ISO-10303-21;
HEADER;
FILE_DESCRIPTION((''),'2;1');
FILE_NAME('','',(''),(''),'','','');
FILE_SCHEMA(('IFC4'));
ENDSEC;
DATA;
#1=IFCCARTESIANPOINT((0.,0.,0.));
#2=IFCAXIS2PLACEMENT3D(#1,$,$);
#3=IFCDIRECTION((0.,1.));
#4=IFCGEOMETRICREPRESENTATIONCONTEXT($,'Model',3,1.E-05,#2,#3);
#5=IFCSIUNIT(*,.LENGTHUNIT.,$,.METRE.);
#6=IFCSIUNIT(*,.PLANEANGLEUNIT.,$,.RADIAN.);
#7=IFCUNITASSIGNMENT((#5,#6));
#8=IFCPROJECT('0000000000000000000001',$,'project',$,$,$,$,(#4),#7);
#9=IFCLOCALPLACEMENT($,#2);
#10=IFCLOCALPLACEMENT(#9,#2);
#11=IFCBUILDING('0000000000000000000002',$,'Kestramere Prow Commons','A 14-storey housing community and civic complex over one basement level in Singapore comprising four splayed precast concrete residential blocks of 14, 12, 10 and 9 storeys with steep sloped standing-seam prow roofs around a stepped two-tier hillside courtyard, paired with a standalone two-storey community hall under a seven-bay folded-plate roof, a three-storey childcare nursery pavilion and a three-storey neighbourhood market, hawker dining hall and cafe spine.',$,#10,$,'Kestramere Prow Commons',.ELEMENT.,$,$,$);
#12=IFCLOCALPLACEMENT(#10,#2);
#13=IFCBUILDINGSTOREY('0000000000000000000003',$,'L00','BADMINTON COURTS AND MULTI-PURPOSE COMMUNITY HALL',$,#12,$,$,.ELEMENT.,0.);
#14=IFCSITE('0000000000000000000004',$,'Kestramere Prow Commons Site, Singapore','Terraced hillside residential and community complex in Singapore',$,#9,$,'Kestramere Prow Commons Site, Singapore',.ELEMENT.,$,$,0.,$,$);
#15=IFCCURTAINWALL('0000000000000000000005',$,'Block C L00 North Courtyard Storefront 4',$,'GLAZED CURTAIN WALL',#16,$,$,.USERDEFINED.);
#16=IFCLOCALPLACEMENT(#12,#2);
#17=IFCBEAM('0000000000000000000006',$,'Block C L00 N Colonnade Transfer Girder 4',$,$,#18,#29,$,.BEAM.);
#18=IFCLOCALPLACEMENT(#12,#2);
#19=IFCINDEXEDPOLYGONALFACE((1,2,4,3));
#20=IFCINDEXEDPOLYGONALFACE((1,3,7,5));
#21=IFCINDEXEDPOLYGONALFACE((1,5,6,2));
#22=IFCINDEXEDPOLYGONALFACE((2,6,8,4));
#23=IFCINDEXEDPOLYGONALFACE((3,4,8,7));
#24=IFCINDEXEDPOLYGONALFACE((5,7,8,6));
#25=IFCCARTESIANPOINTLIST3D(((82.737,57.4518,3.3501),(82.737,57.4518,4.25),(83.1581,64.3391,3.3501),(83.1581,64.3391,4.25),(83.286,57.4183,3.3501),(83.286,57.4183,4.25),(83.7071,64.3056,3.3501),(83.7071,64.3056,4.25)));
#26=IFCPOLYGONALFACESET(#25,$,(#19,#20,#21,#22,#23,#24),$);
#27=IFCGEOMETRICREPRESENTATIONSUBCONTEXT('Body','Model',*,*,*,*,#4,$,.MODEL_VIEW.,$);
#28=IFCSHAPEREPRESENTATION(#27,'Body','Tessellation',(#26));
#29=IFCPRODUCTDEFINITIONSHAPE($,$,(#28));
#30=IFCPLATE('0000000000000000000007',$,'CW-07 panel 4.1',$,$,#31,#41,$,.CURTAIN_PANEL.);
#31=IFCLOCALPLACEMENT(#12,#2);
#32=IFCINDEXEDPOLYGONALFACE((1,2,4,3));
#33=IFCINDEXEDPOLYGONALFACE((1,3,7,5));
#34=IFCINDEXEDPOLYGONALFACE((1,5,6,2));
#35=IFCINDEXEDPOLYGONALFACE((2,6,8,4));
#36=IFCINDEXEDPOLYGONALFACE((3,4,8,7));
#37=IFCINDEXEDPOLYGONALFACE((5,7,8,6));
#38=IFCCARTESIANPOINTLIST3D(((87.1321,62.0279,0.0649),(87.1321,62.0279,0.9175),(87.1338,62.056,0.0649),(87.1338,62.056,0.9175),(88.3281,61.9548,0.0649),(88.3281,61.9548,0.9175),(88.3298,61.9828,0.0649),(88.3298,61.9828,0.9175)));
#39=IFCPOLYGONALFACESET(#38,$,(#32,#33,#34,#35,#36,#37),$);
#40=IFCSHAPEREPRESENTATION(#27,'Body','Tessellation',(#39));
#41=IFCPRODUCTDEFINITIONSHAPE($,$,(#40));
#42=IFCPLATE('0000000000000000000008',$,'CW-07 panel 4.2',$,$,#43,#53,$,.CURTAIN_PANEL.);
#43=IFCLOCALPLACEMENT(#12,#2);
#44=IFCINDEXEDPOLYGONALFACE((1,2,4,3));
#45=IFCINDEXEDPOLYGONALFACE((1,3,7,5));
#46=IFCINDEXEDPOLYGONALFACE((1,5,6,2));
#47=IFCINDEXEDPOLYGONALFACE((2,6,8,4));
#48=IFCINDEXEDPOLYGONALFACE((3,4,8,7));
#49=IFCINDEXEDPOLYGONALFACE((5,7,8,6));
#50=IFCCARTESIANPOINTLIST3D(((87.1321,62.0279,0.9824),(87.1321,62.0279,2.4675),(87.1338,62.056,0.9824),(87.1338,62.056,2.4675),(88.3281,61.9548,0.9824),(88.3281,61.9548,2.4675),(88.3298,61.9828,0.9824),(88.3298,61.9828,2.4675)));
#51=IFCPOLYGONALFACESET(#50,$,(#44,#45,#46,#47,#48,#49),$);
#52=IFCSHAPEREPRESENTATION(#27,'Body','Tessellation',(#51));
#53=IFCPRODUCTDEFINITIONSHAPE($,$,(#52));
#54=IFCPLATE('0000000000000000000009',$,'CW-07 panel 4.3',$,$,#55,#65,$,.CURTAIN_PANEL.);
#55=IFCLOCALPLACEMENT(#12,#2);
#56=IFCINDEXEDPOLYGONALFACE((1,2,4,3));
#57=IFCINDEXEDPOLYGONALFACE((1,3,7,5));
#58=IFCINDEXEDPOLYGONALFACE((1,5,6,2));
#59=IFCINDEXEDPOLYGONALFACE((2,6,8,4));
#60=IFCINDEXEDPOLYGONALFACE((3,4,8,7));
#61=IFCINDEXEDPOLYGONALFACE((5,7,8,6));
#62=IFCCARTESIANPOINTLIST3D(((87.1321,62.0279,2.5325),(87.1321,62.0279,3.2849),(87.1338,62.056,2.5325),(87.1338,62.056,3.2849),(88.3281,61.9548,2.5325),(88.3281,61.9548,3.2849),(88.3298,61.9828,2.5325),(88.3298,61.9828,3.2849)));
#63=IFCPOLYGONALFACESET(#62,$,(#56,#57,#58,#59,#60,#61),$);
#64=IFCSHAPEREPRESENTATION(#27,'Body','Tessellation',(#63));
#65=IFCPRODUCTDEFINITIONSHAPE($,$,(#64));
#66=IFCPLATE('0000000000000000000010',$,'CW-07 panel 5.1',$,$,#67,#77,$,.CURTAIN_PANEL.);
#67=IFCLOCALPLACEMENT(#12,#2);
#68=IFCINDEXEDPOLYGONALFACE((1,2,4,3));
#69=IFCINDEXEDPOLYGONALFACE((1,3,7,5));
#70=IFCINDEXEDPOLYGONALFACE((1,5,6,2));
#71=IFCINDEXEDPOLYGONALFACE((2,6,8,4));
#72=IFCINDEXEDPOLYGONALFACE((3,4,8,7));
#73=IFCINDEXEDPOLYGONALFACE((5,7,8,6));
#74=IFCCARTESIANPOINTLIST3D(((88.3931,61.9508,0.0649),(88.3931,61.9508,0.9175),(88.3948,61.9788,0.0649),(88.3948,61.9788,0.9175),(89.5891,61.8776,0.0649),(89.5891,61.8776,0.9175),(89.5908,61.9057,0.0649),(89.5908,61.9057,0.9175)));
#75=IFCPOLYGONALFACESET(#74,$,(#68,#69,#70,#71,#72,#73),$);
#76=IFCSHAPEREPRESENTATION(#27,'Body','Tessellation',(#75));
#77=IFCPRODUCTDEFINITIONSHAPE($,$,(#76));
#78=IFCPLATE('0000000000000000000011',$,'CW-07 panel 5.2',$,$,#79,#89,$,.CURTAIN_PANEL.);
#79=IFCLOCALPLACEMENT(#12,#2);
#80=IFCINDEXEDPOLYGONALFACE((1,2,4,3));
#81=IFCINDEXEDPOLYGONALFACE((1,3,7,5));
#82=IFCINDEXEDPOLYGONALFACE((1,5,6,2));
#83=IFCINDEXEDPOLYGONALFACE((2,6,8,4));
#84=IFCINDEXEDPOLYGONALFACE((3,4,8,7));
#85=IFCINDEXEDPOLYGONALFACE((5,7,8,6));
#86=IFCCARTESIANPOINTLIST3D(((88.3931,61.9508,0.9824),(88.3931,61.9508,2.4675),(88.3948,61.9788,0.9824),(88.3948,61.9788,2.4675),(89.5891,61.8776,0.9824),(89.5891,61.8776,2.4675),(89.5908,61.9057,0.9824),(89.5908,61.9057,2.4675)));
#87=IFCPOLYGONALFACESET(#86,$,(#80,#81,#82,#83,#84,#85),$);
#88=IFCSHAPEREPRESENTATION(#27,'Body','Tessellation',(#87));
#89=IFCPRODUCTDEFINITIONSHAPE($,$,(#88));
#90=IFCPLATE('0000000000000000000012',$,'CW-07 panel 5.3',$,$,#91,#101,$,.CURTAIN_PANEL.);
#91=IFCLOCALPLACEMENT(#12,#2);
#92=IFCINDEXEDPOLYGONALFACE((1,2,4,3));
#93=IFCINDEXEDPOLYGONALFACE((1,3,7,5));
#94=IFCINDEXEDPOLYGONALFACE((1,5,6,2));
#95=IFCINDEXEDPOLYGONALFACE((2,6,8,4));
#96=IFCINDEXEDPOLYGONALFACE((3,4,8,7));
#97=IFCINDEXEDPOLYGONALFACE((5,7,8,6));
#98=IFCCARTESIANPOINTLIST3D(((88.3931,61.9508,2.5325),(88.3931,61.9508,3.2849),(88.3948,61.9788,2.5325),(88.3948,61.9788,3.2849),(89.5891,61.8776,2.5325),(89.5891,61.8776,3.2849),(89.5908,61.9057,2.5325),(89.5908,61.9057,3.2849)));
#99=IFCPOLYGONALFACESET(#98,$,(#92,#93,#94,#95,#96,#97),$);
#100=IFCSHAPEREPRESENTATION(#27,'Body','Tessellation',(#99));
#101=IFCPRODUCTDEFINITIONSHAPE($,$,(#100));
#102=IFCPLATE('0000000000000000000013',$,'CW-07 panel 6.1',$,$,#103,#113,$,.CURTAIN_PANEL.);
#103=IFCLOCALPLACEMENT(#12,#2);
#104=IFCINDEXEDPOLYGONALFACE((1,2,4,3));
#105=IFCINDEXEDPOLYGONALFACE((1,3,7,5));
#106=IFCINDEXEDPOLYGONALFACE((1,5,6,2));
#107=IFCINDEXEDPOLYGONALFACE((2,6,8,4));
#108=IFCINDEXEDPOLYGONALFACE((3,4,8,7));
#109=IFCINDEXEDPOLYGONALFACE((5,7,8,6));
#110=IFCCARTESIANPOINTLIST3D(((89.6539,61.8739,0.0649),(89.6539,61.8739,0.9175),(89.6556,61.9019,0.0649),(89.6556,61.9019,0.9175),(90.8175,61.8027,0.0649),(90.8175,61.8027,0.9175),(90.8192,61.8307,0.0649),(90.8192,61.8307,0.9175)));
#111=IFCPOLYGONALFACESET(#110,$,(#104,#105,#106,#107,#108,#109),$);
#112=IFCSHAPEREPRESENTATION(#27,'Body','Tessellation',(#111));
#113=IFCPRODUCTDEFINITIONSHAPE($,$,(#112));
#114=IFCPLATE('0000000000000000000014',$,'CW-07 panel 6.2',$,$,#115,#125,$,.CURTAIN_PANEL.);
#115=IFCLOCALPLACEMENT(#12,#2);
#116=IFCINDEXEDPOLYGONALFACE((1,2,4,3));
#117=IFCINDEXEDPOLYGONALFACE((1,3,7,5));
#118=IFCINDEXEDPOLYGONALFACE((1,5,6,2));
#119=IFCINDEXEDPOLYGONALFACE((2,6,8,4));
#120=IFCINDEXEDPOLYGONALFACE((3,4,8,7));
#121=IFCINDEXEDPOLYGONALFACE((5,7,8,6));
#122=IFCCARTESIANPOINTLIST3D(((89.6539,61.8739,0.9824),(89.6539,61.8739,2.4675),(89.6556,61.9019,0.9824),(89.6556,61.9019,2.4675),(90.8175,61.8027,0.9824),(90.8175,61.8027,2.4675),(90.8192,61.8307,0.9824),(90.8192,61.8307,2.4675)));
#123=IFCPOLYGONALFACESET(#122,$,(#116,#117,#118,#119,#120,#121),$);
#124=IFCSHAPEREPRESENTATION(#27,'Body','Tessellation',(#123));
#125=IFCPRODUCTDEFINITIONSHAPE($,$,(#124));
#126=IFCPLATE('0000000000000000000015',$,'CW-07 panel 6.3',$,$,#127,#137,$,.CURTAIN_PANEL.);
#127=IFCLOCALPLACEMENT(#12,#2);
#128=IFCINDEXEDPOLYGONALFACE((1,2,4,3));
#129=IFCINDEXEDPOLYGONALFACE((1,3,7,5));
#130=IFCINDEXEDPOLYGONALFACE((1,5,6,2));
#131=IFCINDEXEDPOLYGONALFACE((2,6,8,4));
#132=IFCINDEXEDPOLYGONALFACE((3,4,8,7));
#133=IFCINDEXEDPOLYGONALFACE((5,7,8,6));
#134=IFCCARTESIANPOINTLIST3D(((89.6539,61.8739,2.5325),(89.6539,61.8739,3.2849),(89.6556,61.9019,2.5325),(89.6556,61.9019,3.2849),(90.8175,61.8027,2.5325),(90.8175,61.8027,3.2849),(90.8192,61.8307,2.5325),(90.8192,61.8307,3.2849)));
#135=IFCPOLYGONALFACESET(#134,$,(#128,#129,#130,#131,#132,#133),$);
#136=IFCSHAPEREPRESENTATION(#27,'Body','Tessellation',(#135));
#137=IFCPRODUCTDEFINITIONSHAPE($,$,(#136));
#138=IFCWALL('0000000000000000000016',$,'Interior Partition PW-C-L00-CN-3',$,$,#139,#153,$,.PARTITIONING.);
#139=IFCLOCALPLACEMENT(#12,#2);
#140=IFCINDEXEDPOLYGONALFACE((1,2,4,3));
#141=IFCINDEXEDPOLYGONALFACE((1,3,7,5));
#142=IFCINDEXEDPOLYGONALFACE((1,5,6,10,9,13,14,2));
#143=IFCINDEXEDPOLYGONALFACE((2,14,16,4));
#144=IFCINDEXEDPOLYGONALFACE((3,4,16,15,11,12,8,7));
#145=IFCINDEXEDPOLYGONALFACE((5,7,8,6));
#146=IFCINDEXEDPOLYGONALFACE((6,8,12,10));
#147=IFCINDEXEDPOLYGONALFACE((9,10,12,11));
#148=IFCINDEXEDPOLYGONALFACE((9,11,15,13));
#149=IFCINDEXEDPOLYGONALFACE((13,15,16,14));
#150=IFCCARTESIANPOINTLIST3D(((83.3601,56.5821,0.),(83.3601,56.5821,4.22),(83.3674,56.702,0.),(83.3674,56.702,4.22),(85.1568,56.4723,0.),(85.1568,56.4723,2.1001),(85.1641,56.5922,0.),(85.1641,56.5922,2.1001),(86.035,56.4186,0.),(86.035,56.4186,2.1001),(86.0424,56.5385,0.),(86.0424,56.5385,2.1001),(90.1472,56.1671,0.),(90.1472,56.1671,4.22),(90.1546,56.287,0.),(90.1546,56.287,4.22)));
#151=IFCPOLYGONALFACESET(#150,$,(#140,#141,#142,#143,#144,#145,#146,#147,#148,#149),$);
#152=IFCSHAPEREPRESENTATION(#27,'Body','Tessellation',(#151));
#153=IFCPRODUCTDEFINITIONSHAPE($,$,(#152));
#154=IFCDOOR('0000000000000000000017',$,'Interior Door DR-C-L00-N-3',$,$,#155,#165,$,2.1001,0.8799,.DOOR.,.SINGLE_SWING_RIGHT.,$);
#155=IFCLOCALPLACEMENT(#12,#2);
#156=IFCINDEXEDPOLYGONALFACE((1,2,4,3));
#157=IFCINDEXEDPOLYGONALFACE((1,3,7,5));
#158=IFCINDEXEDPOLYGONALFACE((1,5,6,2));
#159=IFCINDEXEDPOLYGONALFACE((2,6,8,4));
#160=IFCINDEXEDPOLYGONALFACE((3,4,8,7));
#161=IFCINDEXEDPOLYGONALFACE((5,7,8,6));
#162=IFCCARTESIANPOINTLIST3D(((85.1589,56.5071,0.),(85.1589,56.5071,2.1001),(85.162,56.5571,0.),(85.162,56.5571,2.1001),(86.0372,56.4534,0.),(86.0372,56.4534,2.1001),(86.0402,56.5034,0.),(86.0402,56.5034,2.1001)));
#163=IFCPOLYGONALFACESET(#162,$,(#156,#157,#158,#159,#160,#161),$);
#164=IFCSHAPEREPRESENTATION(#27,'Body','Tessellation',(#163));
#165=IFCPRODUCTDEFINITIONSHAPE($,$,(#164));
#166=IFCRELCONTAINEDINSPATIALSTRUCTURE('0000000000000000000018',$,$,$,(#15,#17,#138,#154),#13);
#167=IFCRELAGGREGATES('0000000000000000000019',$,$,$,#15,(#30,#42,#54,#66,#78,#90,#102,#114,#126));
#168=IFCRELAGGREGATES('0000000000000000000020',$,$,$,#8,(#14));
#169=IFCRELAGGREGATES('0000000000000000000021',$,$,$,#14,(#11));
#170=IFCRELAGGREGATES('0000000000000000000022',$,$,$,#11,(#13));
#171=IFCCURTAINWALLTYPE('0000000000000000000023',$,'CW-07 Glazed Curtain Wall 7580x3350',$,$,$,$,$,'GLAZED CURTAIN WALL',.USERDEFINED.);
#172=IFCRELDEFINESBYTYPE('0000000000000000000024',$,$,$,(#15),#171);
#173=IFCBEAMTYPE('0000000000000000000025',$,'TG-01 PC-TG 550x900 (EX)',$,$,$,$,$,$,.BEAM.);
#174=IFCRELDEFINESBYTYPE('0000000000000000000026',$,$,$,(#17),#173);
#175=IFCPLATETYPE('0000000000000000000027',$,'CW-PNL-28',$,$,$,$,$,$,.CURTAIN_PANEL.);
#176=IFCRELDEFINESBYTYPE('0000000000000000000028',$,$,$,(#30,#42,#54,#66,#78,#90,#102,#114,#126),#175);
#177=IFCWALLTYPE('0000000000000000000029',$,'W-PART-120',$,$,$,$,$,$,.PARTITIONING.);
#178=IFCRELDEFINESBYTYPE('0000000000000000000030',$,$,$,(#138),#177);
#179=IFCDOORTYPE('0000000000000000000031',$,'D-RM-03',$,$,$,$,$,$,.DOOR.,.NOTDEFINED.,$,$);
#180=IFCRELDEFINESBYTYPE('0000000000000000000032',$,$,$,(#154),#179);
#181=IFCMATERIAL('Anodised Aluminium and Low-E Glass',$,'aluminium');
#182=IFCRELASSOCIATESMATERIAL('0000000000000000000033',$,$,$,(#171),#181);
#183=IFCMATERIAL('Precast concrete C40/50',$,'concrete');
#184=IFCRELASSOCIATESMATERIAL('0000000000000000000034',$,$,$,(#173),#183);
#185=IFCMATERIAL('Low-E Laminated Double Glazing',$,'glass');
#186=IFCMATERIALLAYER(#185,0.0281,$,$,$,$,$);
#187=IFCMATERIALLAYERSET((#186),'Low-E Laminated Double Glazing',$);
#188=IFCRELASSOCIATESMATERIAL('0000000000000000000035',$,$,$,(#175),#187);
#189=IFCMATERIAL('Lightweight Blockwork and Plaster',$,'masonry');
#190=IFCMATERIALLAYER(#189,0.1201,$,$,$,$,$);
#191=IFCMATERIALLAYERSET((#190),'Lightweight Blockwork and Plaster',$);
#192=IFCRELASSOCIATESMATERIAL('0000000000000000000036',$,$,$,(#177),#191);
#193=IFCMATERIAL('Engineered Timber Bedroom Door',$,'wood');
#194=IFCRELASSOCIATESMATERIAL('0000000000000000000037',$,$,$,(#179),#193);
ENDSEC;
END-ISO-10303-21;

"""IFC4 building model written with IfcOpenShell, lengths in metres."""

from ifc_helpers import new_model, si_unit, direction, frame, frame_2d, origin, origin_2d, place, context, subcontext, project, spatial, rectangle, extrude, material, layer, layer_set, material_profile, profile_set, type_object, element, fill, aggregate, save


model = new_model("IFC4")

# Units and contexts
model_context = context("Model", 3, precision=1e-05, world=origin(), true_north=direction((0.0, 1.0)))
body_context = subcontext(model_context, "Body", "Model", "MODEL_VIEW")
ifc_project = project(units=[si_unit("LENGTHUNIT", "METRE"), si_unit("PLANEANGLEUNIT", "RADIAN")], contexts=[model_context])

# Site, building, storey
site_placement = place(None, origin())
site = spatial("IfcSite", under=ifc_project, at=site_placement, Name="Kestramere Prow Commons Site, Singapore", Description="Terraced hillside residential and community complex in Singapore", LongName="Kestramere Prow Commons Site, Singapore", CompositionType="ELEMENT", RefElevation=0.0)
building_placement = place(site_placement, origin())
building = spatial("IfcBuilding", under=site, at=building_placement, Name="Kestramere Prow Commons", Description="A 14-storey housing community and civic complex over one basement level in Singapore comprising four splayed precast concrete residential blocks of 14, 12, 10 and 9 storeys with steep sloped standing-seam prow roofs around a stepped two-tier hillside courtyard, paired with a standalone two-storey community hall under a seven-bay folded-plate roof, a three-storey childcare nursery pavilion and a three-storey neighbourhood market, hawker dining hall and cafe spine.", LongName="Kestramere Prow Commons", CompositionType="ELEMENT")
storey_placement = place(building_placement, origin())
storey = spatial("IfcBuildingStorey", under=building, at=storey_placement, Name="L00", Description="BADMINTON COURTS AND MULTI-PURPOSE COMMUNITY HALL", CompositionType="ELEMENT", Elevation=0.0)

# Shared definitions
ifc_material_1 = material(Name="Precast concrete C40/50", Category="concrete")

# Curtain wall
ifc_material_2 = material(Name="Anodised Aluminium and Low-E Glass", Category="aluminium")
curtain_wall_type = type_object("IfcCurtainWallType", Name="CW-07 Glazed Curtain Wall 7580x3350", ElementType="GLAZED CURTAIN WALL", PredefinedType="USERDEFINED", material=ifc_material_2)
curtain_wall_placement = place(storey_placement, origin())
curtain_wall = element("IfcCurtainWall", 1, at=curtain_wall_placement, inside=storey, type_object=curtain_wall_type, Name="Block C L00 North Courtyard Storefront 4", ObjectType="GLAZED CURTAIN WALL", PredefinedType="USERDEFINED")

# Beam
ifc_material_profile_1 = material_profile(ifc_material_1, rectangle(XDim=0.55, YDim=0.8999, at=origin_2d()), Name="PC-TG 550x900")
ifc_profile_set_1 = profile_set([ifc_material_profile_1], Name="Precast concrete C40/50")
beam_type_1 = type_object("IfcBeamType", Name="TG-01 PC-TG 550x900 (EX)", PredefinedType="BEAM", material=ifc_profile_set_1)
beam_1_placement = place(storey_placement, frame((83.0115, 57.4351, 3.8), z_axis=(0.061035, 0.998136, 0.0), x_axis=(-0.998136, 0.061035, 0.0)))
element("IfcBeam", 2, at=beam_1_placement, inside=storey, type_object=beam_type_1, Name="Block C L00 N Colonnade Transfer Girder 4", PredefinedType="BEAM", context=body_context, shape_type="SweptSolid", body=[
    extrude(rectangle(XDim=0.55, YDim=0.8999, at=origin_2d()), origin(), (0.0, 0.0, 1.0), 6.9001),
])

# Plates
ifc_material_3 = material(Name="Low-E Laminated Double Glazing", Category="glass")
ifc_layer_1 = layer(ifc_material_3, 0.0281)
ifc_layer_set_1 = layer_set([ifc_layer_1], Name="Low-E Laminated Double Glazing")
plate_type = type_object("IfcPlateType", Name="CW-PNL-28", PredefinedType="CURTAIN_PANEL", material=ifc_layer_set_1)
plate_1_placement = place(storey_placement, frame((87.731, 62.0054, 0.0649), z_axis=(0.0, 0.0, 1.0), x_axis=(0.998135, -0.061049, 0.0)))
plate_1 = element("IfcPlate", 3, at=plate_1_placement, type_object=plate_type, Name="CW-07 panel 4.1", PredefinedType="CURTAIN_PANEL", context=body_context, shape_type="SweptSolid", body=[
    extrude(rectangle(XDim=1.1982, YDim=0.0281, at=origin_2d()), origin(), (0.0, 0.0, 1.0), 0.8525),
])
plate_2_placement = place(storey_placement, frame((87.731, 62.0054, 0.9824), z_axis=(0.0, 0.0, 1.0), x_axis=(0.998135, -0.061049, 0.0)))
plate_2 = element("IfcPlate", 4, at=plate_2_placement, type_object=plate_type, Name="CW-07 panel 4.2", PredefinedType="CURTAIN_PANEL", context=body_context, shape_type="SweptSolid", body=[
    extrude(rectangle(XDim=1.1982, YDim=0.0281, at=origin_2d()), origin(), (0.0, 0.0, 1.0), 1.4851),
])
plate_3_placement = place(storey_placement, frame((87.731, 62.0054, 2.5325), z_axis=(0.0, 0.0, 1.0), x_axis=(0.998135, -0.061049, 0.0)))
plate_3 = element("IfcPlate", 5, at=plate_3_placement, type_object=plate_type, Name="CW-07 panel 4.3", PredefinedType="CURTAIN_PANEL", context=body_context, shape_type="SweptSolid", body=[
    extrude(rectangle(XDim=1.1982, YDim=0.0281, at=origin_2d()), origin(), (0.0, 0.0, 1.0), 0.7524),
])
plate_4_placement = place(storey_placement, frame((88.9919, 61.9282, 0.0649), z_axis=(0.0, 0.0, 1.0), x_axis=(0.998135, -0.061049, 0.0)))
plate_4 = element("IfcPlate", 6, at=plate_4_placement, type_object=plate_type, Name="CW-07 panel 5.1", PredefinedType="CURTAIN_PANEL", context=body_context, shape_type="SweptSolid", body=[
    extrude(rectangle(XDim=1.1982, YDim=0.0281, at=origin_2d()), origin(), (0.0, 0.0, 1.0), 0.8525),
])
plate_5_placement = place(storey_placement, frame((88.9919, 61.9282, 0.9824), z_axis=(0.0, 0.0, 1.0), x_axis=(0.998135, -0.061049, 0.0)))
plate_5 = element("IfcPlate", 7, at=plate_5_placement, type_object=plate_type, Name="CW-07 panel 5.2", PredefinedType="CURTAIN_PANEL", context=body_context, shape_type="SweptSolid", body=[
    extrude(rectangle(XDim=1.1982, YDim=0.0281, at=origin_2d()), origin(), (0.0, 0.0, 1.0), 1.4851),
])
plate_6_placement = place(storey_placement, frame((88.9919, 61.9282, 2.5325), z_axis=(0.0, 0.0, 1.0), x_axis=(0.998135, -0.061049, 0.0)))
plate_6 = element("IfcPlate", 8, at=plate_6_placement, type_object=plate_type, Name="CW-07 panel 5.3", PredefinedType="CURTAIN_PANEL", context=body_context, shape_type="SweptSolid", body=[
    extrude(rectangle(XDim=1.1982, YDim=0.0281, at=origin_2d()), origin(), (0.0, 0.0, 1.0), 0.7524),
])
plate_7_placement = place(storey_placement, frame((90.2366, 61.8523, 0.0649), z_axis=(0.0, 0.0, 1.0), x_axis=(0.998135, -0.061049, 0.0)))
plate_7 = element("IfcPlate", 9, at=plate_7_placement, type_object=plate_type, Name="CW-07 panel 6.1", PredefinedType="CURTAIN_PANEL", context=body_context, shape_type="SweptSolid", body=[
    extrude(rectangle(XDim=1.1658, YDim=0.0281, at=origin_2d()), origin(), (0.0, 0.0, 1.0), 0.8525),
])
plate_8_placement = place(storey_placement, frame((90.2366, 61.8523, 0.9824), z_axis=(0.0, 0.0, 1.0), x_axis=(0.998135, -0.061049, 0.0)))
plate_8 = element("IfcPlate", 10, at=plate_8_placement, type_object=plate_type, Name="CW-07 panel 6.2", PredefinedType="CURTAIN_PANEL", context=body_context, shape_type="SweptSolid", body=[
    extrude(rectangle(XDim=1.1658, YDim=0.0281, at=origin_2d()), origin(), (0.0, 0.0, 1.0), 1.4851),
])
plate_9_placement = place(storey_placement, frame((90.2366, 61.8523, 2.5325), z_axis=(0.0, 0.0, 1.0), x_axis=(0.998135, -0.061049, 0.0)))
plate_9 = element("IfcPlate", 11, at=plate_9_placement, type_object=plate_type, Name="CW-07 panel 6.3", PredefinedType="CURTAIN_PANEL", context=body_context, shape_type="SweptSolid", body=[
    extrude(rectangle(XDim=1.1658, YDim=0.0281, at=origin_2d()), origin(), (0.0, 0.0, 1.0), 0.7524),
])
aggregate(curtain_wall, [plate_1, plate_2, plate_3, plate_4, plate_5, plate_6, plate_7, plate_8, plate_9])

# Wall, opening, door
ifc_material_4 = material(Name="Lightweight Blockwork and Plaster", Category="masonry")
ifc_layer_2 = layer(ifc_material_4, 0.1201)
ifc_layer_set_2 = layer_set([ifc_layer_2], Name="Lightweight Blockwork and Plaster")
wall_type = type_object("IfcWallType", Name="W-PART-120", PredefinedType="PARTITIONING", material=ifc_layer_set_2)
wall_placement = place(storey_placement, frame((83.3638, 56.6421, 0.0), z_axis=(0.0, 0.0, 1.0), x_axis=(0.998136, -0.061037, 0.0)))
wall = element("IfcWall", 12, at=wall_placement, inside=storey, type_object=wall_type, Name="Interior Partition PW-C-L00-CN-3", PredefinedType="PARTITIONING", context=body_context, shape_type="SweptSolid", body=[
    extrude(rectangle(XDim=6.7998, YDim=0.1201, at=frame_2d((3.3999, 0.0))), origin(), (0.0, 0.0, 1.0), 4.22),
])
opening_placement = place(wall_placement, frame((1.8, 0.0, 0.0)))
opening = element("IfcOpeningElement", 13, at=opening_placement, cuts=wall, PredefinedType="OPENING", context=body_context, shape_type="SweptSolid", body=[
    extrude(rectangle(XDim=0.8799, YDim=2.1001, at=frame_2d((0.4399, 1.05))), frame((0.0, 0.075, 0.0), z_axis=(0.0, -1.0, 0.0), x_axis=(1.0, 0.0, 0.0)), (0.0, 0.0, 1.0), 0.1501),
])
ifc_material_5 = material(Name="Engineered Timber Bedroom Door", Category="wood")
door_type = type_object("IfcDoorType", Name="D-RM-03", OperationType="NOTDEFINED", PredefinedType="DOOR", material=ifc_material_5)
door_placement = place(opening_placement, origin())
door = element("IfcDoor", 14, at=door_placement, inside=storey, type_object=door_type, Name="Interior Door DR-C-L00-N-3", OperationType="SINGLE_SWING_RIGHT", OverallHeight=2.1001, OverallWidth=0.8799, PredefinedType="DOOR", context=body_context, shape_type="SweptSolid", body=[
    extrude(rectangle(XDim=0.8799, YDim=2.1001, at=frame_2d((0.4399, 1.05))), frame((0.0, 0.0249, 0.0), z_axis=(0.0, -1.0, 0.0), x_axis=(1.0, 0.0, 0.0)), (0.0, 0.0, 1.0), 0.05),
])
fill(opening, door)

save(model, "model.ifc")
